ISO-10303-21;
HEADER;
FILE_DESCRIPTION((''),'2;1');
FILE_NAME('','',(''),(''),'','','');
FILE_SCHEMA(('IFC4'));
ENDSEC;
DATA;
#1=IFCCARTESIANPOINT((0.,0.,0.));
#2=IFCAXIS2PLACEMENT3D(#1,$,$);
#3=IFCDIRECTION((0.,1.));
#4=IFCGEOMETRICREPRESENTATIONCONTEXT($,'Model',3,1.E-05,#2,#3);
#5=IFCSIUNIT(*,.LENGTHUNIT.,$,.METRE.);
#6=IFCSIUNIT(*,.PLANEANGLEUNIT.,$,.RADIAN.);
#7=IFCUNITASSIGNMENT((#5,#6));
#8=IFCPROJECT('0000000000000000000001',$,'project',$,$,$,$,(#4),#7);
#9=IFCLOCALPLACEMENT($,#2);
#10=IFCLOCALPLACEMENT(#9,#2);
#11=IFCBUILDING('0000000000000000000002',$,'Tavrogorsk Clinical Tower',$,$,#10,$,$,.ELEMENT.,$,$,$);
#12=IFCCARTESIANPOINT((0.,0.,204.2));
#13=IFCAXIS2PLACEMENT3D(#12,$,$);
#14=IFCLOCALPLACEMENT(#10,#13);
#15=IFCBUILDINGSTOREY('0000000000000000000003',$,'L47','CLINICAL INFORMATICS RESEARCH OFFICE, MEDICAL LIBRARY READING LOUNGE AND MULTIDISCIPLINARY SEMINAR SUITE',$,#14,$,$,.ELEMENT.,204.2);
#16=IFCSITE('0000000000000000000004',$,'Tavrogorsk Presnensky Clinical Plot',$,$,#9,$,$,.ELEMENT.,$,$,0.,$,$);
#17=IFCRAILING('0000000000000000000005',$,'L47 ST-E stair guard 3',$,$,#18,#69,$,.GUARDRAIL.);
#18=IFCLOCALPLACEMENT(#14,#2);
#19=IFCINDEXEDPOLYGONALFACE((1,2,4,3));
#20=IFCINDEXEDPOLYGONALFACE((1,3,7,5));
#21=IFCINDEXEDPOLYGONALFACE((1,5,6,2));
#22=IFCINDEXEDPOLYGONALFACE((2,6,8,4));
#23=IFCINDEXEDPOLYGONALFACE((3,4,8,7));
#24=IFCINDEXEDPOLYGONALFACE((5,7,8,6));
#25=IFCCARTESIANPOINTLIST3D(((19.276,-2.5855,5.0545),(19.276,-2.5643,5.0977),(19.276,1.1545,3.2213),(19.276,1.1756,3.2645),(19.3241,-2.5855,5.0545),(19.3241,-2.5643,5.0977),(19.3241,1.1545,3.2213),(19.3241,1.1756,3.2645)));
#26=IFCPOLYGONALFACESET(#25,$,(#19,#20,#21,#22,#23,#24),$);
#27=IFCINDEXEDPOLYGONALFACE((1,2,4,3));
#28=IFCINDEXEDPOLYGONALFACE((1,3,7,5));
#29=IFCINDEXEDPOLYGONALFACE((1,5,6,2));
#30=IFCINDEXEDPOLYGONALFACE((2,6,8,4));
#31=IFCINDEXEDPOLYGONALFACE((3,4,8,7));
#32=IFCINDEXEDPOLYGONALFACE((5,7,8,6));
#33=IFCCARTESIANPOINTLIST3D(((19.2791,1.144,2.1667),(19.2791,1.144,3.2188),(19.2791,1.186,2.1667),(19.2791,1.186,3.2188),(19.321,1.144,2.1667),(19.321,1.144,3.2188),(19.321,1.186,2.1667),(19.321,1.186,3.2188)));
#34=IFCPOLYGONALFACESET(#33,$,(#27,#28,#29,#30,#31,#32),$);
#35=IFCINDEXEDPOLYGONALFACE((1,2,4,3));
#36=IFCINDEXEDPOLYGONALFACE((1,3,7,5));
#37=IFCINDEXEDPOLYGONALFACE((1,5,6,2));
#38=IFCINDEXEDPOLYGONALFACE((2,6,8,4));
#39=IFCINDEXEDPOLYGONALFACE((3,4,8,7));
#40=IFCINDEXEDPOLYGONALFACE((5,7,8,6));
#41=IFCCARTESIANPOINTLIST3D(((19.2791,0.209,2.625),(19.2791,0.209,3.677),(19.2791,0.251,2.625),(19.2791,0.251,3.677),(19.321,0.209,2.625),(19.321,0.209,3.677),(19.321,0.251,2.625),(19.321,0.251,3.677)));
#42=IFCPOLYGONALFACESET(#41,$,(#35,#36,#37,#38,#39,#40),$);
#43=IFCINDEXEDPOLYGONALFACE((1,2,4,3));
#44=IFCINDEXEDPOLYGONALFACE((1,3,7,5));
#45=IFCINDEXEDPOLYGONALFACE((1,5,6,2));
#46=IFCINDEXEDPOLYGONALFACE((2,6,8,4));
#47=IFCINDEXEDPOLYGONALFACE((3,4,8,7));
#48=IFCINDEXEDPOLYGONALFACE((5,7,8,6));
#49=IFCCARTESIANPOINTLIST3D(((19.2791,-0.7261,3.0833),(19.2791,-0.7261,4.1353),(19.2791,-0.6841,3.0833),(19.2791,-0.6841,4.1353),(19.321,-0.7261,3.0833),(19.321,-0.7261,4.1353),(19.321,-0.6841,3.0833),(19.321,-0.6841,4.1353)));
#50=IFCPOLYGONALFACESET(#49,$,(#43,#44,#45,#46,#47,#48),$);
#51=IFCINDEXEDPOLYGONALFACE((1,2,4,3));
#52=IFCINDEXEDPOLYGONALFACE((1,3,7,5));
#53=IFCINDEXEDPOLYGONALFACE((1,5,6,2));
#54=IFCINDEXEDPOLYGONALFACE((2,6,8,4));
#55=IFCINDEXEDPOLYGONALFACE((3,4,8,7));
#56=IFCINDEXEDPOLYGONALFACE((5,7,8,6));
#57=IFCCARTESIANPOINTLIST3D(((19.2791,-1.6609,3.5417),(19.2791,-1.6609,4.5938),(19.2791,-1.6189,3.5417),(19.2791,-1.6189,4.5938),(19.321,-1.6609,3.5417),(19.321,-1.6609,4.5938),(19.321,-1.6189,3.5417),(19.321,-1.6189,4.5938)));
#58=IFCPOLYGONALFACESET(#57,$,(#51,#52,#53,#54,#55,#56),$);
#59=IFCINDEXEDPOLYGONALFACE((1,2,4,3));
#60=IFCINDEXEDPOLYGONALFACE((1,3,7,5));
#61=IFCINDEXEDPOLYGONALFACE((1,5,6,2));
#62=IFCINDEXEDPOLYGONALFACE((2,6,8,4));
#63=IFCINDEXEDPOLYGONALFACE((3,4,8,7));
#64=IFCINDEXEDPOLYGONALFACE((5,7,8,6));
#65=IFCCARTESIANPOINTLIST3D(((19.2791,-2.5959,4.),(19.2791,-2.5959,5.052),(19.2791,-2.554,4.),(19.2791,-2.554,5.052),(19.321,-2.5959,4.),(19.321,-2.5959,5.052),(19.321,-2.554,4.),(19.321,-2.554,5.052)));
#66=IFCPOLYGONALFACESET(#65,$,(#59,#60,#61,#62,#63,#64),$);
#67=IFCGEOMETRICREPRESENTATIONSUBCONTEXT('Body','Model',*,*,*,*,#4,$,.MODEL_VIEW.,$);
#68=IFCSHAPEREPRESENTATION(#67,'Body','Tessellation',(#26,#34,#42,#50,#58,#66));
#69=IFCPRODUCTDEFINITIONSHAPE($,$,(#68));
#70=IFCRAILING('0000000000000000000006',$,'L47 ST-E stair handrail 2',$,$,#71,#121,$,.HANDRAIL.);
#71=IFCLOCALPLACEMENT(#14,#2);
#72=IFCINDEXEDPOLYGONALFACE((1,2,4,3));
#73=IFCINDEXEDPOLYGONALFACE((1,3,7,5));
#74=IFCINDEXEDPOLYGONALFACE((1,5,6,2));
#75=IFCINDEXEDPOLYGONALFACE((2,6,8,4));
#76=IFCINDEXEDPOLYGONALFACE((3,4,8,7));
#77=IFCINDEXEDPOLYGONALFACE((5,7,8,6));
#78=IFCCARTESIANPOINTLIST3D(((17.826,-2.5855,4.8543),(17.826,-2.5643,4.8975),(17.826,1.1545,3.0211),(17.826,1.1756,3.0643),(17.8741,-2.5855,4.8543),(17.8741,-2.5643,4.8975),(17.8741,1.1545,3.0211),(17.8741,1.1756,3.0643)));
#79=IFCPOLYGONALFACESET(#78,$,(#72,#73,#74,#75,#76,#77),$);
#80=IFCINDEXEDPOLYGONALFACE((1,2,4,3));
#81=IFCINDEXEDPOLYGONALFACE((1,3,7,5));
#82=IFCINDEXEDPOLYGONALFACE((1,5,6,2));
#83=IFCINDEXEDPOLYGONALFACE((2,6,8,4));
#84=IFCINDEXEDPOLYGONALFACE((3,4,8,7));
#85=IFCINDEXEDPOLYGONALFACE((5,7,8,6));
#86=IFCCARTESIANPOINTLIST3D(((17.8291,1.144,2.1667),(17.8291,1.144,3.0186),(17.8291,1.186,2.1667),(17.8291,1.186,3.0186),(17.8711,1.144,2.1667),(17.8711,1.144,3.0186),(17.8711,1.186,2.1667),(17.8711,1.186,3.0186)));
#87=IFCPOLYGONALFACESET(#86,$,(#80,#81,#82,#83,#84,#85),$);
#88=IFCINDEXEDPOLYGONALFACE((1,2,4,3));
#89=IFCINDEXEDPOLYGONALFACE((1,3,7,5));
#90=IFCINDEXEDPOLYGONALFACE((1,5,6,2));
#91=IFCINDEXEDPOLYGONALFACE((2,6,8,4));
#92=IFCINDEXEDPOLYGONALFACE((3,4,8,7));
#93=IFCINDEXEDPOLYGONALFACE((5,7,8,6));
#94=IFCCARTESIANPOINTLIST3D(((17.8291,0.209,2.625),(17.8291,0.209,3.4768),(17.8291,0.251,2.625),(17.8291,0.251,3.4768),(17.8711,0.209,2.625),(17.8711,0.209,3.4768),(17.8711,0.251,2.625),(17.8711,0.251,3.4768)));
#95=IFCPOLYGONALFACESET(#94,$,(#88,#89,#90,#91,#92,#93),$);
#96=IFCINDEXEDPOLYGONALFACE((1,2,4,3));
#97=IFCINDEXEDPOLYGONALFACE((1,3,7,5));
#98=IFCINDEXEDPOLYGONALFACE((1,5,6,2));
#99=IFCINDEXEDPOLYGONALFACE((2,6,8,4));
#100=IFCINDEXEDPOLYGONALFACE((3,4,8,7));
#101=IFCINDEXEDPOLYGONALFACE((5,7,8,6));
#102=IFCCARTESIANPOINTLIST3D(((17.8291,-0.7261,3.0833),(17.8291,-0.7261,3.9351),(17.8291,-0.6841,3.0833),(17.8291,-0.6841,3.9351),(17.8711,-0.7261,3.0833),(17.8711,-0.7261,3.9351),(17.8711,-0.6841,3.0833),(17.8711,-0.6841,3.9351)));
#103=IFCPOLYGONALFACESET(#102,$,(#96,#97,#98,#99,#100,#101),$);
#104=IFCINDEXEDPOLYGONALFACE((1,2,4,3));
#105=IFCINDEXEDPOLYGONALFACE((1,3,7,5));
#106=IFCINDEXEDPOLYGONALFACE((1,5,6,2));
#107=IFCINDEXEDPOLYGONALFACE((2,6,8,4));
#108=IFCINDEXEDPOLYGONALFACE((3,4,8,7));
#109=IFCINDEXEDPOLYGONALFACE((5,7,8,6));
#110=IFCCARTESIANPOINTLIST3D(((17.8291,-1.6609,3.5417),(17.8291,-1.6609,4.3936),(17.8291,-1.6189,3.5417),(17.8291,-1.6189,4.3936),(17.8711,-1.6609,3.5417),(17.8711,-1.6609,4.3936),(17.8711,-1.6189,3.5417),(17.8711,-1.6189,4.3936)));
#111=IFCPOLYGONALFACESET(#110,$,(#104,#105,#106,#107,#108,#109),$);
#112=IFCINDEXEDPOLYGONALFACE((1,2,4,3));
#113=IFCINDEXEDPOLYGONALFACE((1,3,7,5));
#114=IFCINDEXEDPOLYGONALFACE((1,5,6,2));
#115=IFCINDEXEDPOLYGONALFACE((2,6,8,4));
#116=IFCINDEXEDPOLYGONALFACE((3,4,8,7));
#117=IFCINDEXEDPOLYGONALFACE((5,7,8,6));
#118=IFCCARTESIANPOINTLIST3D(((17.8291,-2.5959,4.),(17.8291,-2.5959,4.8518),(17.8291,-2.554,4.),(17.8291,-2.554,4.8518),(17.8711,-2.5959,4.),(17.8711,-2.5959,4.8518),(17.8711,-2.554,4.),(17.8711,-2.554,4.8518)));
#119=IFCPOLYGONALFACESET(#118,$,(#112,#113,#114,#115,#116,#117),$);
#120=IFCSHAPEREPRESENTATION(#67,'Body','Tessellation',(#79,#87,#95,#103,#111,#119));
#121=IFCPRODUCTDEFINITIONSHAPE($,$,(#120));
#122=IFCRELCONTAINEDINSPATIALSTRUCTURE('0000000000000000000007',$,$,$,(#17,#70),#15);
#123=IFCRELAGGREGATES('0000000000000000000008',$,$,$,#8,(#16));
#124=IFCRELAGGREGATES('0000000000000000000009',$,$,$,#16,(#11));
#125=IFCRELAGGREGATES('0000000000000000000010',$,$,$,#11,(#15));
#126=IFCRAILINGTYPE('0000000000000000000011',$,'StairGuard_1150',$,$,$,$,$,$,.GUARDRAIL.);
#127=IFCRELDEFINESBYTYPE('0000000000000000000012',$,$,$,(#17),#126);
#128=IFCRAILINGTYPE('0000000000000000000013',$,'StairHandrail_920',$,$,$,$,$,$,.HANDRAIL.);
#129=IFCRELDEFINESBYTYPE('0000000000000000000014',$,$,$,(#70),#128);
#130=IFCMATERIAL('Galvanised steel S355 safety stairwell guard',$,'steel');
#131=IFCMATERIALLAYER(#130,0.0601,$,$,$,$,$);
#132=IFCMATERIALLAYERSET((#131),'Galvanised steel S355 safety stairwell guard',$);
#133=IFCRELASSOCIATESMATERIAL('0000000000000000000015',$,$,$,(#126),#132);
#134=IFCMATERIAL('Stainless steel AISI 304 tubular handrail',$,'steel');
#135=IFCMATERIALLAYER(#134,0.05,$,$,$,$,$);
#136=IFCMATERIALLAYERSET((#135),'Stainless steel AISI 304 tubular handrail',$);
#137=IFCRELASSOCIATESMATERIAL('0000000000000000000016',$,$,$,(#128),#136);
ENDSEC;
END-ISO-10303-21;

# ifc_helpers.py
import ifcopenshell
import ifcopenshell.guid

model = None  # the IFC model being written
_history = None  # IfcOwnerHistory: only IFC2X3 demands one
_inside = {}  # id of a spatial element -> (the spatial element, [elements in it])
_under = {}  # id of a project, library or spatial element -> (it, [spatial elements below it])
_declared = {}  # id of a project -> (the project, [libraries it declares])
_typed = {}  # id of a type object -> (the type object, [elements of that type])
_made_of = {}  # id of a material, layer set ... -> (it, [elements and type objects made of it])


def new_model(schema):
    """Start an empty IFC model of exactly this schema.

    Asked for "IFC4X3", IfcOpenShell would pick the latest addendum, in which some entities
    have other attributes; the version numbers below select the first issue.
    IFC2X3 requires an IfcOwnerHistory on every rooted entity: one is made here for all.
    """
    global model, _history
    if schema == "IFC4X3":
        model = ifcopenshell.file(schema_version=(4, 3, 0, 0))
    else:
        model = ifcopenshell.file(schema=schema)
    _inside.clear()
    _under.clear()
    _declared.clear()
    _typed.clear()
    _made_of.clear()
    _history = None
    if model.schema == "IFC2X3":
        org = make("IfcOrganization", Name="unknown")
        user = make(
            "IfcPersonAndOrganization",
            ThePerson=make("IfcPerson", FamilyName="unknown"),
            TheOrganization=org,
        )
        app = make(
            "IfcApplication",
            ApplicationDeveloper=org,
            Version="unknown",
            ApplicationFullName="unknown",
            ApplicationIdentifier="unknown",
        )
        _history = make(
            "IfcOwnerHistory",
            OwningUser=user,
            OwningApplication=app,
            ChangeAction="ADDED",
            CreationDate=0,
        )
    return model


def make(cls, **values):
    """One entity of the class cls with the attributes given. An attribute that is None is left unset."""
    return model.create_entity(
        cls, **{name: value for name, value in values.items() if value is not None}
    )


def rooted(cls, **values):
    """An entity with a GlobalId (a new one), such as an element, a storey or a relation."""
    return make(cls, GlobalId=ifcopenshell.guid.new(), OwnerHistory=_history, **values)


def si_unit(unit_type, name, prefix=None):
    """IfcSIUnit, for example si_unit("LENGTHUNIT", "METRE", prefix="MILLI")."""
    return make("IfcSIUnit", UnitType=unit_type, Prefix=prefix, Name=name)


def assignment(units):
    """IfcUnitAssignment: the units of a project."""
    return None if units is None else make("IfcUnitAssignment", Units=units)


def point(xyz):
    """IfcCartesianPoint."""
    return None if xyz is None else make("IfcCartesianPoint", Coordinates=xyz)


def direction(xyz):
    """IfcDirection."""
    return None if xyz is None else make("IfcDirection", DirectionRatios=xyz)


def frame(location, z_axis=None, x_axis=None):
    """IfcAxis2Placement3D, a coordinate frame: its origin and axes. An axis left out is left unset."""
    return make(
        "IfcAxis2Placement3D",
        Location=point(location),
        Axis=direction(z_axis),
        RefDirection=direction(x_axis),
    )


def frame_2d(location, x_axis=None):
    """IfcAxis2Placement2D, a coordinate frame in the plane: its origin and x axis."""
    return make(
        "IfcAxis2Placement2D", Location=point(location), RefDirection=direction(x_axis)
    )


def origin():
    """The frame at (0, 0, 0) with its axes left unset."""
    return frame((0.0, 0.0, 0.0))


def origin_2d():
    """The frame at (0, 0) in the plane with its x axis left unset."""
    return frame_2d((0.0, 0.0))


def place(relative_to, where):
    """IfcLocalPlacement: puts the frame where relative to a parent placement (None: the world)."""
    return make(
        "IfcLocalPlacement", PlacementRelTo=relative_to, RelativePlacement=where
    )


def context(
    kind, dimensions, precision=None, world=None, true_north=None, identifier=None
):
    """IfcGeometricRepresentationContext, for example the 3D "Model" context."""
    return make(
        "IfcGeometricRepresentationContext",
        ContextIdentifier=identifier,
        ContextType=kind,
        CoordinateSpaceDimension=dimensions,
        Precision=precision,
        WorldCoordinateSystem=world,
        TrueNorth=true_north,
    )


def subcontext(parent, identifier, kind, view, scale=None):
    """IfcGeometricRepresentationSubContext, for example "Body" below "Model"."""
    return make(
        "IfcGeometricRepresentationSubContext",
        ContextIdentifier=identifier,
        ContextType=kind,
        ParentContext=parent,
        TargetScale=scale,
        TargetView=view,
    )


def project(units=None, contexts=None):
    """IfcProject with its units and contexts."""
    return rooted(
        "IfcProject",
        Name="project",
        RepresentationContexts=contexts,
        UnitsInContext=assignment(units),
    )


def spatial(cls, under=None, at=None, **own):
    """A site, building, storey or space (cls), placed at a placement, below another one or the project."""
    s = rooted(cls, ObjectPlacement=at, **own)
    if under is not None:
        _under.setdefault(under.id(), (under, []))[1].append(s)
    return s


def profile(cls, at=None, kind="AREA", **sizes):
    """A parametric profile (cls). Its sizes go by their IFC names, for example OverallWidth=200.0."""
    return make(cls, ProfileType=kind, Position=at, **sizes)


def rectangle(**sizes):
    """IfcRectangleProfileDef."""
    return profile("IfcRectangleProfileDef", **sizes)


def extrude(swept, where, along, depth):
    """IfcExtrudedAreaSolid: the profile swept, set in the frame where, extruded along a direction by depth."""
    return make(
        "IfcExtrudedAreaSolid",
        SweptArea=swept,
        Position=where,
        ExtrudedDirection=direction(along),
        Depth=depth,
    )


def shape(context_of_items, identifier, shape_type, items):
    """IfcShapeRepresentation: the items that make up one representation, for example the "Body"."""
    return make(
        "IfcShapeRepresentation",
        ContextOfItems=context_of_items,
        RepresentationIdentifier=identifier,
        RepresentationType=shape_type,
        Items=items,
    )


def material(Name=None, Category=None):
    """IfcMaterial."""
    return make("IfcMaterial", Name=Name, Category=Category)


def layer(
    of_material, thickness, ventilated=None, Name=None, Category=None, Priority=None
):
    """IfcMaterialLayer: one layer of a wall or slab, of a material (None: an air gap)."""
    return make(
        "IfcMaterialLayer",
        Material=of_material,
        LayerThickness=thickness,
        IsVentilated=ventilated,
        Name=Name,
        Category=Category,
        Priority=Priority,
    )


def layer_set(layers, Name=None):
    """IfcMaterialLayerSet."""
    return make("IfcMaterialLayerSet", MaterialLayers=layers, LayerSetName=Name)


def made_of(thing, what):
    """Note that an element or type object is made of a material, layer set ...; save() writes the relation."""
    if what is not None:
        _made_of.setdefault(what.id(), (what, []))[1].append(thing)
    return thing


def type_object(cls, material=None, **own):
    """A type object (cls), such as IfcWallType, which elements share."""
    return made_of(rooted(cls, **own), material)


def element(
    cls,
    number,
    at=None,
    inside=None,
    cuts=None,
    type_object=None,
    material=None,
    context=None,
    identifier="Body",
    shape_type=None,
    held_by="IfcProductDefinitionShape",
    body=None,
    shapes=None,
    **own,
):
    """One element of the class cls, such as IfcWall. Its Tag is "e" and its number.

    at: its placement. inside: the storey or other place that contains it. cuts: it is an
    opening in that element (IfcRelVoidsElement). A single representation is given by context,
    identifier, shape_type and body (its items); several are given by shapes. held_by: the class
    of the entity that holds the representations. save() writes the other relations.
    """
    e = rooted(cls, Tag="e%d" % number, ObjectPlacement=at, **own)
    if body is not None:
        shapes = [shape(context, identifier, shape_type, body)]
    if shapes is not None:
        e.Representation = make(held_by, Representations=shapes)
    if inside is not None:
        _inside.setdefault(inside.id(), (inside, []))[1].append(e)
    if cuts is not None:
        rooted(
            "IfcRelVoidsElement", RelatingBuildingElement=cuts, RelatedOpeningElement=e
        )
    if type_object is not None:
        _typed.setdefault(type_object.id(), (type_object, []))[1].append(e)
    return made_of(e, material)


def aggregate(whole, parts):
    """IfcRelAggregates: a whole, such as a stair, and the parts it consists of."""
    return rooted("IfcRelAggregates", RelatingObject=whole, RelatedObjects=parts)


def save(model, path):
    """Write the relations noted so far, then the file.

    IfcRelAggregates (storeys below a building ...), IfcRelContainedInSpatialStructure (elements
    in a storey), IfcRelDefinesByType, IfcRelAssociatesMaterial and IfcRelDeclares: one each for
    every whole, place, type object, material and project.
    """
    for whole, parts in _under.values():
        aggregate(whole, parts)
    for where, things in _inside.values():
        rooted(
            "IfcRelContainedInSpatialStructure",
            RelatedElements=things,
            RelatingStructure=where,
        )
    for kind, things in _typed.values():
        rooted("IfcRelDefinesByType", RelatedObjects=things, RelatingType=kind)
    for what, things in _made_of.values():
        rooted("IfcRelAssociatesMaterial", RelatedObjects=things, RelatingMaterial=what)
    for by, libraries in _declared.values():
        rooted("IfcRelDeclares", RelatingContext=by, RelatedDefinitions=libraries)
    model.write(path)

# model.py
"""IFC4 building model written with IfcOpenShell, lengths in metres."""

from ifc_helpers import new_model, si_unit, direction, frame, origin, origin_2d, place, context, subcontext, project, spatial, rectangle, extrude, material, layer, layer_set, type_object, element, save


model = new_model("IFC4")

# Units and contexts
model_context = context("Model", 3, precision=1e-05, world=origin(), true_north=direction((0.0, 1.0)))
body_context = subcontext(model_context, "Body", "Model", "MODEL_VIEW")
ifc_project = project(units=[si_unit("LENGTHUNIT", "METRE"), si_unit("PLANEANGLEUNIT", "RADIAN")], contexts=[model_context])

# Site, building, storey
site_placement = place(None, origin())
site = spatial("IfcSite", under=ifc_project, at=site_placement, Name="Tavrogorsk Presnensky Clinical Plot", CompositionType="ELEMENT", RefElevation=0.0)
building_placement = place(site_placement, origin())
building = spatial("IfcBuilding", under=site, at=building_placement, Name="Tavrogorsk Clinical Tower", CompositionType="ELEMENT")
storey_placement = place(building_placement, frame((0.0, 0.0, 204.2)))
storey = spatial("IfcBuildingStorey", under=building, at=storey_placement, Name="L47", Description="CLINICAL INFORMATICS RESEARCH OFFICE, MEDICAL LIBRARY READING LOUNGE AND MULTIDISCIPLINARY SEMINAR SUITE", CompositionType="ELEMENT", Elevation=204.2)

# Railings
ifc_material_1 = material(Name="Galvanised steel S355 safety stairwell guard", Category="steel")
ifc_layer_1 = layer(ifc_material_1, 0.0601)
ifc_layer_set_1 = layer_set([ifc_layer_1], Name="Galvanised steel S355 safety stairwell guard")
railing_type_1 = type_object("IfcRailingType", Name="StairGuard_1150", PredefinedType="GUARDRAIL", material=ifc_layer_set_1)
railing_1_placement = place(storey_placement, frame((19.3, 1.165, 2.1667)))
element("IfcRailing", 1, at=railing_1_placement, inside=storey, type_object=railing_type_1, Name="L47 ST-E stair guard 3", PredefinedType="GUARDRAIL", context=body_context, shape_type="SweptSolid", body=[
    extrude(rectangle(XDim=0.0481, YDim=0.0481, at=origin_2d()), frame((0.0, 0.0, 1.0762), z_axis=(0.0, -0.897928, 0.440142), x_axis=(1.0, 0.0, 0.0)), (0.0, 0.0, 1.0), 4.165),
    extrude(rectangle(XDim=0.042, YDim=0.042, at=origin_2d()), origin(), (0.0, 0.0, 1.0), 1.052),
    extrude(rectangle(XDim=0.042, YDim=0.042, at=origin_2d()), frame((0.0, -0.9351, 0.4583)), (0.0, 0.0, 1.0), 1.052),
    extrude(rectangle(XDim=0.042, YDim=0.042, at=origin_2d()), frame((0.0, -1.8701, 0.9165)), (0.0, 0.0, 1.0), 1.052),
    extrude(rectangle(XDim=0.042, YDim=0.042, at=origin_2d()), frame((0.0, -2.8049, 1.375)), (0.0, 0.0, 1.0), 1.052),
    extrude(rectangle(XDim=0.042, YDim=0.042, at=origin_2d()), frame((0.0, -3.74, 1.8333)), (0.0, 0.0, 1.0), 1.052),
])
ifc_material_2 = material(Name="Stainless steel AISI 304 tubular handrail", Category="steel")
ifc_layer_2 = layer(ifc_material_2, 0.05)
ifc_layer_set_2 = layer_set([ifc_layer_2], Name="Stainless steel AISI 304 tubular handrail")
railing_type_2 = type_object("IfcRailingType", Name="StairHandrail_920", PredefinedType="HANDRAIL", material=ifc_layer_set_2)
railing_2_placement = place(storey_placement, frame((17.8501, 1.165, 2.1667)))
element("IfcRailing", 2, at=railing_2_placement, inside=storey, type_object=railing_type_2, Name="L47 ST-E stair handrail 2", PredefinedType="HANDRAIL", context=body_context, shape_type="SweptSolid", body=[
    extrude(rectangle(XDim=0.0481, YDim=0.0481, at=origin_2d()), frame((0.0, 0.0, 0.876), z_axis=(0.0, -0.897928, 0.440142), x_axis=(1.0, 0.0, 0.0)), (0.0, 0.0, 1.0), 4.165),
    extrude(rectangle(XDim=0.042, YDim=0.042, at=origin_2d()), origin(), (0.0, 0.0, 1.0), 0.8518),
    extrude(rectangle(XDim=0.042, YDim=0.042, at=origin_2d()), frame((0.0, -0.9351, 0.4583)), (0.0, 0.0, 1.0), 0.8518),
    extrude(rectangle(XDim=0.042, YDim=0.042, at=origin_2d()), frame((0.0, -1.8701, 0.9165)), (0.0, 0.0, 1.0), 0.8518),
    extrude(rectangle(XDim=0.042, YDim=0.042, at=origin_2d()), frame((0.0, -2.8049, 1.375)), (0.0, 0.0, 1.0), 0.8518),
    extrude(rectangle(XDim=0.042, YDim=0.042, at=origin_2d()), frame((0.0, -3.74, 1.8333)), (0.0, 0.0, 1.0), 0.8518),
])

save(model, "model.ifc")
